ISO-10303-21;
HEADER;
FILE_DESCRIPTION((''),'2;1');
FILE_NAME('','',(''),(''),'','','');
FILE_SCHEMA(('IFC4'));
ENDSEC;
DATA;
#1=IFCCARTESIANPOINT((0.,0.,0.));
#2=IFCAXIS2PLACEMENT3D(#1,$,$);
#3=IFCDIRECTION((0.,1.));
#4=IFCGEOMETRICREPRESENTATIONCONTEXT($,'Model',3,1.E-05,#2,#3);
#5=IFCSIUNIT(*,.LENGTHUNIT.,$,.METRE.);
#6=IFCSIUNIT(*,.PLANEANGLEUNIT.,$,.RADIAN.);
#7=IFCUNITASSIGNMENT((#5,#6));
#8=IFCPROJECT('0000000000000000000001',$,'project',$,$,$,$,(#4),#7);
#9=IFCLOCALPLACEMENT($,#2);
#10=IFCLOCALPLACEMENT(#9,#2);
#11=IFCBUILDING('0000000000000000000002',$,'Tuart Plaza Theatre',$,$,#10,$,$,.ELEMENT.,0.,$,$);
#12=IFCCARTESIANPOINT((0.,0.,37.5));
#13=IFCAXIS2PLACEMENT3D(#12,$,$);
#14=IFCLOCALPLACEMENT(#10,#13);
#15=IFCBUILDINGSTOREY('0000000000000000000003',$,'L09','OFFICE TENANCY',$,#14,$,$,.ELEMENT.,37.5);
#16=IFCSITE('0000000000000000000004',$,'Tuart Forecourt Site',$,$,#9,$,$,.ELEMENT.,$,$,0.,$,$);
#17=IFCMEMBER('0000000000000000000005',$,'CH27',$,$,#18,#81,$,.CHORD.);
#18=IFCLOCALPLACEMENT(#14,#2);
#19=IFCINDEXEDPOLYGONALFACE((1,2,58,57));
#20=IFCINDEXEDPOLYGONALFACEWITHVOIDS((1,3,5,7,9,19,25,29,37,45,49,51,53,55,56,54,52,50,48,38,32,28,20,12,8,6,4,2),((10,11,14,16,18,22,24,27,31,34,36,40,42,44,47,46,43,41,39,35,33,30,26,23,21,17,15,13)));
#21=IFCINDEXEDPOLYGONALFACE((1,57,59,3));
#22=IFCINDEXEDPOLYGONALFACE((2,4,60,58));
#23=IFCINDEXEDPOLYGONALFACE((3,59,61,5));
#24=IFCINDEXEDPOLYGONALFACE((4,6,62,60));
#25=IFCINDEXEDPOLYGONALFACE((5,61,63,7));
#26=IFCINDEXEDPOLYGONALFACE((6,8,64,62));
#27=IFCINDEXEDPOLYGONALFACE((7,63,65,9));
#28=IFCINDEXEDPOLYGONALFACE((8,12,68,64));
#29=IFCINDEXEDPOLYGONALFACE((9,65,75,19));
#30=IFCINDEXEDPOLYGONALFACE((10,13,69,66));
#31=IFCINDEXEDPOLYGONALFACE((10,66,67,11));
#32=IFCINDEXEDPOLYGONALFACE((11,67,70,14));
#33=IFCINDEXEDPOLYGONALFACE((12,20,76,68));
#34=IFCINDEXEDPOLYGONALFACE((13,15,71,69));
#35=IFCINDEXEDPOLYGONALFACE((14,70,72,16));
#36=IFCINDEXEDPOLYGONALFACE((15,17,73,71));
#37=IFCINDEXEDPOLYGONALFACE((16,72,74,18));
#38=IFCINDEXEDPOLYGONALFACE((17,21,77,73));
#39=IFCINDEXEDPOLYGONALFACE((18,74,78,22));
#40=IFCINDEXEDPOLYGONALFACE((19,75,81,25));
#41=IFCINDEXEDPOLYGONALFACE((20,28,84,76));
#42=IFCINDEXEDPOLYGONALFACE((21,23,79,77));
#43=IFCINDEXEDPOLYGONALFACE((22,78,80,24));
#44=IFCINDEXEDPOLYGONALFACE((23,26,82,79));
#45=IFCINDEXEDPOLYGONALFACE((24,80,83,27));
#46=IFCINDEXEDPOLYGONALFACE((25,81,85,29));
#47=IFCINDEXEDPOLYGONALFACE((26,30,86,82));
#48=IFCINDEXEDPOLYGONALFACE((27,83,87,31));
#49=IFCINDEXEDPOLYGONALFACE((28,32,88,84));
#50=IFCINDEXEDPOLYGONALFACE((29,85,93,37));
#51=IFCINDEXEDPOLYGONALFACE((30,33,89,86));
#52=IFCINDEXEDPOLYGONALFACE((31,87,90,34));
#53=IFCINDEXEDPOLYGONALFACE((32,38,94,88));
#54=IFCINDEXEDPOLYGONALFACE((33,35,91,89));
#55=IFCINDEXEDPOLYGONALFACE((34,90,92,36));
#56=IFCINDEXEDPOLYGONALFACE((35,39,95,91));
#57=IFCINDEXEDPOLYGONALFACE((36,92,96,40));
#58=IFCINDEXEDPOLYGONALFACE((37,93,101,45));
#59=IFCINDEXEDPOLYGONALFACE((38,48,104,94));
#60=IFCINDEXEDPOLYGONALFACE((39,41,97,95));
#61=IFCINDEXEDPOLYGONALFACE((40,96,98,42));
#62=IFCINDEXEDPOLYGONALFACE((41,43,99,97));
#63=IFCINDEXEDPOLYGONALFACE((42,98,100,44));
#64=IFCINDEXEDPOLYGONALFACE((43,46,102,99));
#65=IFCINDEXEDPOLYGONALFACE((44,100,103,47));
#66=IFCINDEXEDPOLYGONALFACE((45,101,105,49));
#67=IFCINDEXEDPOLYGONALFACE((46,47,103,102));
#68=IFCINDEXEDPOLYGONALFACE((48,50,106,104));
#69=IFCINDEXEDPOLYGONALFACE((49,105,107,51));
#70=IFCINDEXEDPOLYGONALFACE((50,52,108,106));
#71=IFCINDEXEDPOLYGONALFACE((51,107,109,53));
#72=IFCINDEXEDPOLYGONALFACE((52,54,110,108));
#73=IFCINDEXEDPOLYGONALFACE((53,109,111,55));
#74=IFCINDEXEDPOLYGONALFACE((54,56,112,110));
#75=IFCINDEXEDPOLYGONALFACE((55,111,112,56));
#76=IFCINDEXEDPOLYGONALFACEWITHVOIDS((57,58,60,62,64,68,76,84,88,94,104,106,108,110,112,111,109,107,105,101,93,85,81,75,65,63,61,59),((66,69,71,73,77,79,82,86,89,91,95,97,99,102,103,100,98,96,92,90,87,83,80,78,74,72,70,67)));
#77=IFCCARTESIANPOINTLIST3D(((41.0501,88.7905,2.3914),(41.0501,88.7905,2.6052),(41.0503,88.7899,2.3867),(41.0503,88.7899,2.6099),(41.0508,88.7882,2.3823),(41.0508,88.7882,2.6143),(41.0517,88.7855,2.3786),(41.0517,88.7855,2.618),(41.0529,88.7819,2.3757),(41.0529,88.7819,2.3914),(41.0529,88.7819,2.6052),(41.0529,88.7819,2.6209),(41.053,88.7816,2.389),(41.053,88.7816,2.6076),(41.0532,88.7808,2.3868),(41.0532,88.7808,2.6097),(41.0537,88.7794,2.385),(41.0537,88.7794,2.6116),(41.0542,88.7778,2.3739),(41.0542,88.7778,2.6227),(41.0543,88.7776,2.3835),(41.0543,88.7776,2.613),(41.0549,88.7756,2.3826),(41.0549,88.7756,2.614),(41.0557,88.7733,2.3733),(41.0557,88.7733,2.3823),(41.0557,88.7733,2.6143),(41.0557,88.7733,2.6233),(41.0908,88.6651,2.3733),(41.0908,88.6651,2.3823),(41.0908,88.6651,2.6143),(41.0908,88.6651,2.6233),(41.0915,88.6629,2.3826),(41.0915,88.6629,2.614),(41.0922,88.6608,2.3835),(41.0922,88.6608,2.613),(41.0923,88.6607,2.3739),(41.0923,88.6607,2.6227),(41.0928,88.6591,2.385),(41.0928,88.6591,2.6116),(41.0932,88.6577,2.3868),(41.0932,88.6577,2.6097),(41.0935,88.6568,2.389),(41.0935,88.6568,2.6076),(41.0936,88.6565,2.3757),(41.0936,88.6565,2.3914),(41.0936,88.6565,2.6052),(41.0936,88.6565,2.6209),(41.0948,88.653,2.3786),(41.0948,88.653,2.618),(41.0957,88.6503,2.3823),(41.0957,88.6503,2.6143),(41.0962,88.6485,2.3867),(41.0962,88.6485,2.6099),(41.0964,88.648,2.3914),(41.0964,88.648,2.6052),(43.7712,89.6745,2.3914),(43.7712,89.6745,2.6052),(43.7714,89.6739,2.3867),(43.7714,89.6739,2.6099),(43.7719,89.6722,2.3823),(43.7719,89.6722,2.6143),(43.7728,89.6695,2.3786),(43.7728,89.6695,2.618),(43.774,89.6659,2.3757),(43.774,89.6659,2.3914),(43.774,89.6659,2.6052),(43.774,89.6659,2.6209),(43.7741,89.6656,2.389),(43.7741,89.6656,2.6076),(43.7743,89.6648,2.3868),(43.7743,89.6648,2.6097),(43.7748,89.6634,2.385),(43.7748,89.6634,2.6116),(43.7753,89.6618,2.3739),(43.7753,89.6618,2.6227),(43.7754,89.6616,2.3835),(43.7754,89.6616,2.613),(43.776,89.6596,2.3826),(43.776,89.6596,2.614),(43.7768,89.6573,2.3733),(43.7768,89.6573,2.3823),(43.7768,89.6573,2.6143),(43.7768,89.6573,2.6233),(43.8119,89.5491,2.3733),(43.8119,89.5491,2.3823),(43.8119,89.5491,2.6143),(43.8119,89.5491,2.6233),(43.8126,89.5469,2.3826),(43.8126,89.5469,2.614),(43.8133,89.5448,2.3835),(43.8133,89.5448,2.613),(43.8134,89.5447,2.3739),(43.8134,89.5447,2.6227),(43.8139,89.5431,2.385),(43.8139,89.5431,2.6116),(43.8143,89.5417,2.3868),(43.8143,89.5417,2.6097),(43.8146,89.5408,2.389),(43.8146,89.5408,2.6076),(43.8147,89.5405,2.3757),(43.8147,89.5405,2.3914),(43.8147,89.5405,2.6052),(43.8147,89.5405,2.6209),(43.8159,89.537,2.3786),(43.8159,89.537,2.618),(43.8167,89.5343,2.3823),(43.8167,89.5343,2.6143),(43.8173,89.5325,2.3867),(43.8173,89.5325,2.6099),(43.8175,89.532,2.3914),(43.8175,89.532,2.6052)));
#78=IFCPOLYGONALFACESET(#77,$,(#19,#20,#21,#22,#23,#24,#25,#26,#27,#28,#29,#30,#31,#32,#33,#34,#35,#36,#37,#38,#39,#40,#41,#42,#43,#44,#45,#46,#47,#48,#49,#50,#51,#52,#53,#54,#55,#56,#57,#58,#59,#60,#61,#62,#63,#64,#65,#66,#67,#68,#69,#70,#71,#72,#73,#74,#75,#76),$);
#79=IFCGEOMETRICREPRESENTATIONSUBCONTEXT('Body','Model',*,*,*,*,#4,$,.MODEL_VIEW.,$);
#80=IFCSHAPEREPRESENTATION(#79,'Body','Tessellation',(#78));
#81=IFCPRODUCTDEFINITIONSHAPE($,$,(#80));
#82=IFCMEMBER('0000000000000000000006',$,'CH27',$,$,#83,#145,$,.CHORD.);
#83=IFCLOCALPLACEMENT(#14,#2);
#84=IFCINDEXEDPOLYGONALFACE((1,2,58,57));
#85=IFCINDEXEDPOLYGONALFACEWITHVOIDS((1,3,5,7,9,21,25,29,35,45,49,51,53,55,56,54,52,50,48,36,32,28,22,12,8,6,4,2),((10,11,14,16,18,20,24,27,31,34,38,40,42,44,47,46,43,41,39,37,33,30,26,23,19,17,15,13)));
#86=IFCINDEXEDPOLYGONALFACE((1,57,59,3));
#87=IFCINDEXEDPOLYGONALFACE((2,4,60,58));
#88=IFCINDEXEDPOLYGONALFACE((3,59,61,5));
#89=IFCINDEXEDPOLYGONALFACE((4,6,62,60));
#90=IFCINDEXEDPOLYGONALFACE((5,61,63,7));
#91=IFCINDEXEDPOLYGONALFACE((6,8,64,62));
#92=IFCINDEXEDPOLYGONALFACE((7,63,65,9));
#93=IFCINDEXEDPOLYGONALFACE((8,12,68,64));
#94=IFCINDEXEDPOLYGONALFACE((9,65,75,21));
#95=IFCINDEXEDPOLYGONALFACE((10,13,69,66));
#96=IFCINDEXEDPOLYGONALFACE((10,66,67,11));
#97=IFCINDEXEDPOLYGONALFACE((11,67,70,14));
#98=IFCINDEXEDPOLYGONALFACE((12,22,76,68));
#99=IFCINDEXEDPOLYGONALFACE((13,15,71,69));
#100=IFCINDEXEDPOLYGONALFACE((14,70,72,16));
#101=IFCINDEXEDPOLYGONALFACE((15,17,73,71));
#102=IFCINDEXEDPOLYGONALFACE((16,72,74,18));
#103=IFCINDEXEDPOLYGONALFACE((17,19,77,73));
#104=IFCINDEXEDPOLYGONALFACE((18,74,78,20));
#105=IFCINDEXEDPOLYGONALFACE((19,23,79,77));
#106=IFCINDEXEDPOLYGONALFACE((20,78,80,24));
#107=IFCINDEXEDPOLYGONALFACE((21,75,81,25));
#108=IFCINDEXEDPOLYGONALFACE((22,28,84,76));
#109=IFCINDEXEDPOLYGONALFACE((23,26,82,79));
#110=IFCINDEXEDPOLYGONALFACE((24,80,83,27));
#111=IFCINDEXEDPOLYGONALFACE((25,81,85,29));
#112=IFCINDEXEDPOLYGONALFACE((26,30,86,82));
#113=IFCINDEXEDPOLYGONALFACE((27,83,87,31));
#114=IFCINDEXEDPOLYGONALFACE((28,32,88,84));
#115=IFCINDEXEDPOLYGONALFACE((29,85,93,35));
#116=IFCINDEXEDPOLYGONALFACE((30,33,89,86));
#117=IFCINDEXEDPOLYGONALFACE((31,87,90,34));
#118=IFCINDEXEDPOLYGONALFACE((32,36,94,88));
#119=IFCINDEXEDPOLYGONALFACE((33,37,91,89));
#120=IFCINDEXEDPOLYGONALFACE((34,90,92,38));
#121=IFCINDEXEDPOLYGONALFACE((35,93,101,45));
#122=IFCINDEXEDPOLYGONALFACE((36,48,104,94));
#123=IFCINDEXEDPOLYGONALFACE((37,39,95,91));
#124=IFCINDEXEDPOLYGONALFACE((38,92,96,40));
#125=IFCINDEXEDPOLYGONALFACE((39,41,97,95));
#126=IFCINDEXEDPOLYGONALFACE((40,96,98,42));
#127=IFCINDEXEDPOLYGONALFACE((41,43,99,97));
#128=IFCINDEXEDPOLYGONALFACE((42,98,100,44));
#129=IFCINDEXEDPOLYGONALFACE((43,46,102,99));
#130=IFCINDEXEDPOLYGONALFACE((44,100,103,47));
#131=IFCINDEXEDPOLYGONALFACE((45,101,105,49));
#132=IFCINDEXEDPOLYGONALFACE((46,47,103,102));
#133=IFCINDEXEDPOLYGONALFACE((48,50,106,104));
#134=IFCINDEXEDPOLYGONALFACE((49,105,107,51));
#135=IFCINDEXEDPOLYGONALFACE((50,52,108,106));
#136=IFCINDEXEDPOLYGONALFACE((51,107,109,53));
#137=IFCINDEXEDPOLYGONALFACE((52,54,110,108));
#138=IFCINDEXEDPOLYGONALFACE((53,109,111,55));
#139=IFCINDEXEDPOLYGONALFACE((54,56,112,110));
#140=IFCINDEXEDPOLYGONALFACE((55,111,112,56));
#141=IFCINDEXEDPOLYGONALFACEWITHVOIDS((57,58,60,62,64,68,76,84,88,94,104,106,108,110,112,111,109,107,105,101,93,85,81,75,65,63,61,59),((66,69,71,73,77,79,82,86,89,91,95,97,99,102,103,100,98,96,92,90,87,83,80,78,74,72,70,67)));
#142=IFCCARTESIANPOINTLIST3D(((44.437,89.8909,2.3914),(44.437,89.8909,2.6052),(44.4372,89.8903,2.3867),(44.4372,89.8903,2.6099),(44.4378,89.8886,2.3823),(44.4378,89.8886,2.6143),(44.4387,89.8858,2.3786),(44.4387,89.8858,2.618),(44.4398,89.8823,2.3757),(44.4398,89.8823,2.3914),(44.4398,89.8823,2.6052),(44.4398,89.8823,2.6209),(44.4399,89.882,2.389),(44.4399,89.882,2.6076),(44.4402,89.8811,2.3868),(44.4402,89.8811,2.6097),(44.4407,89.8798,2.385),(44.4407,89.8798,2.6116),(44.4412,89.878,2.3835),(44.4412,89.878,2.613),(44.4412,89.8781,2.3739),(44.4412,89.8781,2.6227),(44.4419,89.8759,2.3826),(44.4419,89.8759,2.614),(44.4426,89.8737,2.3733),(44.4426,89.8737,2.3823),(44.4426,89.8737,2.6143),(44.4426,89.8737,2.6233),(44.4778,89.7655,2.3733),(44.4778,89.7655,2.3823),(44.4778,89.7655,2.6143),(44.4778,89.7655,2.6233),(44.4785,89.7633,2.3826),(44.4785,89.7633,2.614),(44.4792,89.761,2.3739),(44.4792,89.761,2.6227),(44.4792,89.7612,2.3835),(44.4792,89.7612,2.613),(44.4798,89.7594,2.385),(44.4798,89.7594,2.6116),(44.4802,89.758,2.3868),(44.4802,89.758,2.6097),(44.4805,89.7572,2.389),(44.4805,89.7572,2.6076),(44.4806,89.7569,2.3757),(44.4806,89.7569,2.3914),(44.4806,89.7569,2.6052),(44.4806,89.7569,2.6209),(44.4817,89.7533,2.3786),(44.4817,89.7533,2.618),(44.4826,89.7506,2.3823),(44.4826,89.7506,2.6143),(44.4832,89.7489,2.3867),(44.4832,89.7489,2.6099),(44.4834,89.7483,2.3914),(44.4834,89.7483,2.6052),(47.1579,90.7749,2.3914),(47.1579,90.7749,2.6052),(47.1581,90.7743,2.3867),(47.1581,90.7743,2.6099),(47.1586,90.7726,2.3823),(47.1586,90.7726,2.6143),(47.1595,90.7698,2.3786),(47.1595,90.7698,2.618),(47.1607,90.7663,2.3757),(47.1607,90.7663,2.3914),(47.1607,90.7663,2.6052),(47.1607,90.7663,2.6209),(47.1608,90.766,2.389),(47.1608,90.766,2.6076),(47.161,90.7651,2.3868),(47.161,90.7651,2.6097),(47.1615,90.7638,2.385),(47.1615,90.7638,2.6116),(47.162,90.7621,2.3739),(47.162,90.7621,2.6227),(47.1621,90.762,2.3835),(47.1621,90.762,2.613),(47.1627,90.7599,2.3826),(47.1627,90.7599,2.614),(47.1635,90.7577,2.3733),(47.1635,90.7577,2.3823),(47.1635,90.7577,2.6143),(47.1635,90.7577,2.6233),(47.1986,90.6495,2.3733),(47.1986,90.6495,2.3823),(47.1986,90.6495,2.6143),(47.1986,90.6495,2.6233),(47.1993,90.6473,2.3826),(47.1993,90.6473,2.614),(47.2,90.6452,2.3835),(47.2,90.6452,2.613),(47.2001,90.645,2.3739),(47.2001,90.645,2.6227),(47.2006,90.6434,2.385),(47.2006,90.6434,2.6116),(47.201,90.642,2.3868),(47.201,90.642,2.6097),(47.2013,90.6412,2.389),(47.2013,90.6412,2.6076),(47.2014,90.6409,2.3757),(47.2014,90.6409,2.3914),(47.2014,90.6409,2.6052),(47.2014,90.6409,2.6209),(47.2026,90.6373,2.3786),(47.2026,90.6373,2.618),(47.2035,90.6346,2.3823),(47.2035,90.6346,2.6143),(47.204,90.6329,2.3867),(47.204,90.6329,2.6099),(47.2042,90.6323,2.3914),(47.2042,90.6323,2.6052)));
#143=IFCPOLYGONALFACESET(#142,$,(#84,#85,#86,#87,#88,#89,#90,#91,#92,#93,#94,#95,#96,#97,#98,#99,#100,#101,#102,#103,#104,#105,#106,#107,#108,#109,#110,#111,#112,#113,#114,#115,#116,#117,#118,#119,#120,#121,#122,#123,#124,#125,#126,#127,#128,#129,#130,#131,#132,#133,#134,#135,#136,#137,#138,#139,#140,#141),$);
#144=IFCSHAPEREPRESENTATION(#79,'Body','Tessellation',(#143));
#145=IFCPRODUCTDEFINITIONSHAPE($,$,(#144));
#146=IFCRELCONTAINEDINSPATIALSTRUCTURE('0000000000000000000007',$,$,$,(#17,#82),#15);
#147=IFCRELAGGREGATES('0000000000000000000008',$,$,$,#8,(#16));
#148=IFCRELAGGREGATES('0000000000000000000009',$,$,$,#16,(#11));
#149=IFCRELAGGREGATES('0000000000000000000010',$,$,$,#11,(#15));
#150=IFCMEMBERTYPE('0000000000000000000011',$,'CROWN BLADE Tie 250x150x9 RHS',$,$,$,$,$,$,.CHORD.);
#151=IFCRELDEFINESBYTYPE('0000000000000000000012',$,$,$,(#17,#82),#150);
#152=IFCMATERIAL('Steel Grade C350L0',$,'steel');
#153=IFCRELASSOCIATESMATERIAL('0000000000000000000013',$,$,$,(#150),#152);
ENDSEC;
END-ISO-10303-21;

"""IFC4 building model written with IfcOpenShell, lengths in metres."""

from ifc_helpers import new_model, si_unit, direction, frame, origin, origin_2d, place, context, subcontext, project, spatial, hollow_rectangle, extrude, material, material_profile, profile_set, type_object, element, save


model = new_model("IFC4")

# Units and contexts
model_context = context("Model", 3, precision=1e-05, world=origin(), true_north=direction((0.0, 1.0)))
body_context = subcontext(model_context, "Body", "Model", "MODEL_VIEW")
ifc_project = project(units=[si_unit("LENGTHUNIT", "METRE"), si_unit("PLANEANGLEUNIT", "RADIAN")], contexts=[model_context])

# Site, building, storey
site_placement = place(None, origin())
site = spatial("IfcSite", under=ifc_project, at=site_placement, Name="Tuart Forecourt Site", CompositionType="ELEMENT", RefElevation=0.0)
building_placement = place(site_placement, origin())
building = spatial("IfcBuilding", under=site, at=building_placement, Name="Tuart Plaza Theatre", CompositionType="ELEMENT", ElevationOfRefHeight=0.0)
storey_placement = place(building_placement, frame((0.0, 0.0, 37.5)))
storey = spatial("IfcBuildingStorey", under=building, at=storey_placement, Name="L09", Description="OFFICE TENANCY", CompositionType="ELEMENT", Elevation=37.5)

# Members
ifc_material_1 = material(Name="Steel Grade C350L0", Category="steel")
ifc_material_profile_1 = material_profile(ifc_material_1, hollow_rectangle(XDim=0.1499, YDim=0.25, WallThickness=0.009, InnerFilletRadius=0.009, OuterFilletRadius=0.0181, at=origin_2d()), Name="250x150x9 RHS")
ifc_profile_set_1 = profile_set([ifc_material_profile_1], Name="Steel Grade C350L0")
member_type_1 = type_object("IfcMemberType", Name="CROWN BLADE Tie 250x150x9 RHS", PredefinedType="CHORD", material=ifc_profile_set_1)
for number, where, z_axis, x_axis, name in (
    (1, (41.0732, 88.7192, 2.4983), (0.95107, 0.308974, 0.0), (-0.308974, 0.95107, 0.0), "CH27"),
):
    element("IfcMember", number, at=place(storey_placement, frame(where, z_axis=z_axis, x_axis=x_axis)), inside=storey, type_object=member_type_1, Name=name, PredefinedType="CHORD", context=body_context, shape_type="SweptSolid", body=[
        extrude(hollow_rectangle(XDim=0.1499, YDim=0.25, WallThickness=0.009, InnerFilletRadius=0.009, OuterFilletRadius=0.0181, at=origin_2d()), origin(), (0.0, 0.0, 1.0), 2.8611),
    ])
member_1_placement = place(storey_placement, frame((44.4602, 89.8196, 2.4983), z_axis=(0.951062, 0.308999, 0.0), x_axis=(-0.308999, 0.951062, 0.0)))
element("IfcMember", 2, at=member_1_placement, inside=storey, type_object=member_type_1, Name="CH27", PredefinedType="CHORD", context=body_context, shape_type="SweptSolid", body=[
    extrude(hollow_rectangle(XDim=0.1499, YDim=0.25, WallThickness=0.009, InnerFilletRadius=0.009, OuterFilletRadius=0.0181, at=origin_2d()), origin(), (0.0, 0.0, 1.0), 2.8608),
])

save(model, "model.ifc")
